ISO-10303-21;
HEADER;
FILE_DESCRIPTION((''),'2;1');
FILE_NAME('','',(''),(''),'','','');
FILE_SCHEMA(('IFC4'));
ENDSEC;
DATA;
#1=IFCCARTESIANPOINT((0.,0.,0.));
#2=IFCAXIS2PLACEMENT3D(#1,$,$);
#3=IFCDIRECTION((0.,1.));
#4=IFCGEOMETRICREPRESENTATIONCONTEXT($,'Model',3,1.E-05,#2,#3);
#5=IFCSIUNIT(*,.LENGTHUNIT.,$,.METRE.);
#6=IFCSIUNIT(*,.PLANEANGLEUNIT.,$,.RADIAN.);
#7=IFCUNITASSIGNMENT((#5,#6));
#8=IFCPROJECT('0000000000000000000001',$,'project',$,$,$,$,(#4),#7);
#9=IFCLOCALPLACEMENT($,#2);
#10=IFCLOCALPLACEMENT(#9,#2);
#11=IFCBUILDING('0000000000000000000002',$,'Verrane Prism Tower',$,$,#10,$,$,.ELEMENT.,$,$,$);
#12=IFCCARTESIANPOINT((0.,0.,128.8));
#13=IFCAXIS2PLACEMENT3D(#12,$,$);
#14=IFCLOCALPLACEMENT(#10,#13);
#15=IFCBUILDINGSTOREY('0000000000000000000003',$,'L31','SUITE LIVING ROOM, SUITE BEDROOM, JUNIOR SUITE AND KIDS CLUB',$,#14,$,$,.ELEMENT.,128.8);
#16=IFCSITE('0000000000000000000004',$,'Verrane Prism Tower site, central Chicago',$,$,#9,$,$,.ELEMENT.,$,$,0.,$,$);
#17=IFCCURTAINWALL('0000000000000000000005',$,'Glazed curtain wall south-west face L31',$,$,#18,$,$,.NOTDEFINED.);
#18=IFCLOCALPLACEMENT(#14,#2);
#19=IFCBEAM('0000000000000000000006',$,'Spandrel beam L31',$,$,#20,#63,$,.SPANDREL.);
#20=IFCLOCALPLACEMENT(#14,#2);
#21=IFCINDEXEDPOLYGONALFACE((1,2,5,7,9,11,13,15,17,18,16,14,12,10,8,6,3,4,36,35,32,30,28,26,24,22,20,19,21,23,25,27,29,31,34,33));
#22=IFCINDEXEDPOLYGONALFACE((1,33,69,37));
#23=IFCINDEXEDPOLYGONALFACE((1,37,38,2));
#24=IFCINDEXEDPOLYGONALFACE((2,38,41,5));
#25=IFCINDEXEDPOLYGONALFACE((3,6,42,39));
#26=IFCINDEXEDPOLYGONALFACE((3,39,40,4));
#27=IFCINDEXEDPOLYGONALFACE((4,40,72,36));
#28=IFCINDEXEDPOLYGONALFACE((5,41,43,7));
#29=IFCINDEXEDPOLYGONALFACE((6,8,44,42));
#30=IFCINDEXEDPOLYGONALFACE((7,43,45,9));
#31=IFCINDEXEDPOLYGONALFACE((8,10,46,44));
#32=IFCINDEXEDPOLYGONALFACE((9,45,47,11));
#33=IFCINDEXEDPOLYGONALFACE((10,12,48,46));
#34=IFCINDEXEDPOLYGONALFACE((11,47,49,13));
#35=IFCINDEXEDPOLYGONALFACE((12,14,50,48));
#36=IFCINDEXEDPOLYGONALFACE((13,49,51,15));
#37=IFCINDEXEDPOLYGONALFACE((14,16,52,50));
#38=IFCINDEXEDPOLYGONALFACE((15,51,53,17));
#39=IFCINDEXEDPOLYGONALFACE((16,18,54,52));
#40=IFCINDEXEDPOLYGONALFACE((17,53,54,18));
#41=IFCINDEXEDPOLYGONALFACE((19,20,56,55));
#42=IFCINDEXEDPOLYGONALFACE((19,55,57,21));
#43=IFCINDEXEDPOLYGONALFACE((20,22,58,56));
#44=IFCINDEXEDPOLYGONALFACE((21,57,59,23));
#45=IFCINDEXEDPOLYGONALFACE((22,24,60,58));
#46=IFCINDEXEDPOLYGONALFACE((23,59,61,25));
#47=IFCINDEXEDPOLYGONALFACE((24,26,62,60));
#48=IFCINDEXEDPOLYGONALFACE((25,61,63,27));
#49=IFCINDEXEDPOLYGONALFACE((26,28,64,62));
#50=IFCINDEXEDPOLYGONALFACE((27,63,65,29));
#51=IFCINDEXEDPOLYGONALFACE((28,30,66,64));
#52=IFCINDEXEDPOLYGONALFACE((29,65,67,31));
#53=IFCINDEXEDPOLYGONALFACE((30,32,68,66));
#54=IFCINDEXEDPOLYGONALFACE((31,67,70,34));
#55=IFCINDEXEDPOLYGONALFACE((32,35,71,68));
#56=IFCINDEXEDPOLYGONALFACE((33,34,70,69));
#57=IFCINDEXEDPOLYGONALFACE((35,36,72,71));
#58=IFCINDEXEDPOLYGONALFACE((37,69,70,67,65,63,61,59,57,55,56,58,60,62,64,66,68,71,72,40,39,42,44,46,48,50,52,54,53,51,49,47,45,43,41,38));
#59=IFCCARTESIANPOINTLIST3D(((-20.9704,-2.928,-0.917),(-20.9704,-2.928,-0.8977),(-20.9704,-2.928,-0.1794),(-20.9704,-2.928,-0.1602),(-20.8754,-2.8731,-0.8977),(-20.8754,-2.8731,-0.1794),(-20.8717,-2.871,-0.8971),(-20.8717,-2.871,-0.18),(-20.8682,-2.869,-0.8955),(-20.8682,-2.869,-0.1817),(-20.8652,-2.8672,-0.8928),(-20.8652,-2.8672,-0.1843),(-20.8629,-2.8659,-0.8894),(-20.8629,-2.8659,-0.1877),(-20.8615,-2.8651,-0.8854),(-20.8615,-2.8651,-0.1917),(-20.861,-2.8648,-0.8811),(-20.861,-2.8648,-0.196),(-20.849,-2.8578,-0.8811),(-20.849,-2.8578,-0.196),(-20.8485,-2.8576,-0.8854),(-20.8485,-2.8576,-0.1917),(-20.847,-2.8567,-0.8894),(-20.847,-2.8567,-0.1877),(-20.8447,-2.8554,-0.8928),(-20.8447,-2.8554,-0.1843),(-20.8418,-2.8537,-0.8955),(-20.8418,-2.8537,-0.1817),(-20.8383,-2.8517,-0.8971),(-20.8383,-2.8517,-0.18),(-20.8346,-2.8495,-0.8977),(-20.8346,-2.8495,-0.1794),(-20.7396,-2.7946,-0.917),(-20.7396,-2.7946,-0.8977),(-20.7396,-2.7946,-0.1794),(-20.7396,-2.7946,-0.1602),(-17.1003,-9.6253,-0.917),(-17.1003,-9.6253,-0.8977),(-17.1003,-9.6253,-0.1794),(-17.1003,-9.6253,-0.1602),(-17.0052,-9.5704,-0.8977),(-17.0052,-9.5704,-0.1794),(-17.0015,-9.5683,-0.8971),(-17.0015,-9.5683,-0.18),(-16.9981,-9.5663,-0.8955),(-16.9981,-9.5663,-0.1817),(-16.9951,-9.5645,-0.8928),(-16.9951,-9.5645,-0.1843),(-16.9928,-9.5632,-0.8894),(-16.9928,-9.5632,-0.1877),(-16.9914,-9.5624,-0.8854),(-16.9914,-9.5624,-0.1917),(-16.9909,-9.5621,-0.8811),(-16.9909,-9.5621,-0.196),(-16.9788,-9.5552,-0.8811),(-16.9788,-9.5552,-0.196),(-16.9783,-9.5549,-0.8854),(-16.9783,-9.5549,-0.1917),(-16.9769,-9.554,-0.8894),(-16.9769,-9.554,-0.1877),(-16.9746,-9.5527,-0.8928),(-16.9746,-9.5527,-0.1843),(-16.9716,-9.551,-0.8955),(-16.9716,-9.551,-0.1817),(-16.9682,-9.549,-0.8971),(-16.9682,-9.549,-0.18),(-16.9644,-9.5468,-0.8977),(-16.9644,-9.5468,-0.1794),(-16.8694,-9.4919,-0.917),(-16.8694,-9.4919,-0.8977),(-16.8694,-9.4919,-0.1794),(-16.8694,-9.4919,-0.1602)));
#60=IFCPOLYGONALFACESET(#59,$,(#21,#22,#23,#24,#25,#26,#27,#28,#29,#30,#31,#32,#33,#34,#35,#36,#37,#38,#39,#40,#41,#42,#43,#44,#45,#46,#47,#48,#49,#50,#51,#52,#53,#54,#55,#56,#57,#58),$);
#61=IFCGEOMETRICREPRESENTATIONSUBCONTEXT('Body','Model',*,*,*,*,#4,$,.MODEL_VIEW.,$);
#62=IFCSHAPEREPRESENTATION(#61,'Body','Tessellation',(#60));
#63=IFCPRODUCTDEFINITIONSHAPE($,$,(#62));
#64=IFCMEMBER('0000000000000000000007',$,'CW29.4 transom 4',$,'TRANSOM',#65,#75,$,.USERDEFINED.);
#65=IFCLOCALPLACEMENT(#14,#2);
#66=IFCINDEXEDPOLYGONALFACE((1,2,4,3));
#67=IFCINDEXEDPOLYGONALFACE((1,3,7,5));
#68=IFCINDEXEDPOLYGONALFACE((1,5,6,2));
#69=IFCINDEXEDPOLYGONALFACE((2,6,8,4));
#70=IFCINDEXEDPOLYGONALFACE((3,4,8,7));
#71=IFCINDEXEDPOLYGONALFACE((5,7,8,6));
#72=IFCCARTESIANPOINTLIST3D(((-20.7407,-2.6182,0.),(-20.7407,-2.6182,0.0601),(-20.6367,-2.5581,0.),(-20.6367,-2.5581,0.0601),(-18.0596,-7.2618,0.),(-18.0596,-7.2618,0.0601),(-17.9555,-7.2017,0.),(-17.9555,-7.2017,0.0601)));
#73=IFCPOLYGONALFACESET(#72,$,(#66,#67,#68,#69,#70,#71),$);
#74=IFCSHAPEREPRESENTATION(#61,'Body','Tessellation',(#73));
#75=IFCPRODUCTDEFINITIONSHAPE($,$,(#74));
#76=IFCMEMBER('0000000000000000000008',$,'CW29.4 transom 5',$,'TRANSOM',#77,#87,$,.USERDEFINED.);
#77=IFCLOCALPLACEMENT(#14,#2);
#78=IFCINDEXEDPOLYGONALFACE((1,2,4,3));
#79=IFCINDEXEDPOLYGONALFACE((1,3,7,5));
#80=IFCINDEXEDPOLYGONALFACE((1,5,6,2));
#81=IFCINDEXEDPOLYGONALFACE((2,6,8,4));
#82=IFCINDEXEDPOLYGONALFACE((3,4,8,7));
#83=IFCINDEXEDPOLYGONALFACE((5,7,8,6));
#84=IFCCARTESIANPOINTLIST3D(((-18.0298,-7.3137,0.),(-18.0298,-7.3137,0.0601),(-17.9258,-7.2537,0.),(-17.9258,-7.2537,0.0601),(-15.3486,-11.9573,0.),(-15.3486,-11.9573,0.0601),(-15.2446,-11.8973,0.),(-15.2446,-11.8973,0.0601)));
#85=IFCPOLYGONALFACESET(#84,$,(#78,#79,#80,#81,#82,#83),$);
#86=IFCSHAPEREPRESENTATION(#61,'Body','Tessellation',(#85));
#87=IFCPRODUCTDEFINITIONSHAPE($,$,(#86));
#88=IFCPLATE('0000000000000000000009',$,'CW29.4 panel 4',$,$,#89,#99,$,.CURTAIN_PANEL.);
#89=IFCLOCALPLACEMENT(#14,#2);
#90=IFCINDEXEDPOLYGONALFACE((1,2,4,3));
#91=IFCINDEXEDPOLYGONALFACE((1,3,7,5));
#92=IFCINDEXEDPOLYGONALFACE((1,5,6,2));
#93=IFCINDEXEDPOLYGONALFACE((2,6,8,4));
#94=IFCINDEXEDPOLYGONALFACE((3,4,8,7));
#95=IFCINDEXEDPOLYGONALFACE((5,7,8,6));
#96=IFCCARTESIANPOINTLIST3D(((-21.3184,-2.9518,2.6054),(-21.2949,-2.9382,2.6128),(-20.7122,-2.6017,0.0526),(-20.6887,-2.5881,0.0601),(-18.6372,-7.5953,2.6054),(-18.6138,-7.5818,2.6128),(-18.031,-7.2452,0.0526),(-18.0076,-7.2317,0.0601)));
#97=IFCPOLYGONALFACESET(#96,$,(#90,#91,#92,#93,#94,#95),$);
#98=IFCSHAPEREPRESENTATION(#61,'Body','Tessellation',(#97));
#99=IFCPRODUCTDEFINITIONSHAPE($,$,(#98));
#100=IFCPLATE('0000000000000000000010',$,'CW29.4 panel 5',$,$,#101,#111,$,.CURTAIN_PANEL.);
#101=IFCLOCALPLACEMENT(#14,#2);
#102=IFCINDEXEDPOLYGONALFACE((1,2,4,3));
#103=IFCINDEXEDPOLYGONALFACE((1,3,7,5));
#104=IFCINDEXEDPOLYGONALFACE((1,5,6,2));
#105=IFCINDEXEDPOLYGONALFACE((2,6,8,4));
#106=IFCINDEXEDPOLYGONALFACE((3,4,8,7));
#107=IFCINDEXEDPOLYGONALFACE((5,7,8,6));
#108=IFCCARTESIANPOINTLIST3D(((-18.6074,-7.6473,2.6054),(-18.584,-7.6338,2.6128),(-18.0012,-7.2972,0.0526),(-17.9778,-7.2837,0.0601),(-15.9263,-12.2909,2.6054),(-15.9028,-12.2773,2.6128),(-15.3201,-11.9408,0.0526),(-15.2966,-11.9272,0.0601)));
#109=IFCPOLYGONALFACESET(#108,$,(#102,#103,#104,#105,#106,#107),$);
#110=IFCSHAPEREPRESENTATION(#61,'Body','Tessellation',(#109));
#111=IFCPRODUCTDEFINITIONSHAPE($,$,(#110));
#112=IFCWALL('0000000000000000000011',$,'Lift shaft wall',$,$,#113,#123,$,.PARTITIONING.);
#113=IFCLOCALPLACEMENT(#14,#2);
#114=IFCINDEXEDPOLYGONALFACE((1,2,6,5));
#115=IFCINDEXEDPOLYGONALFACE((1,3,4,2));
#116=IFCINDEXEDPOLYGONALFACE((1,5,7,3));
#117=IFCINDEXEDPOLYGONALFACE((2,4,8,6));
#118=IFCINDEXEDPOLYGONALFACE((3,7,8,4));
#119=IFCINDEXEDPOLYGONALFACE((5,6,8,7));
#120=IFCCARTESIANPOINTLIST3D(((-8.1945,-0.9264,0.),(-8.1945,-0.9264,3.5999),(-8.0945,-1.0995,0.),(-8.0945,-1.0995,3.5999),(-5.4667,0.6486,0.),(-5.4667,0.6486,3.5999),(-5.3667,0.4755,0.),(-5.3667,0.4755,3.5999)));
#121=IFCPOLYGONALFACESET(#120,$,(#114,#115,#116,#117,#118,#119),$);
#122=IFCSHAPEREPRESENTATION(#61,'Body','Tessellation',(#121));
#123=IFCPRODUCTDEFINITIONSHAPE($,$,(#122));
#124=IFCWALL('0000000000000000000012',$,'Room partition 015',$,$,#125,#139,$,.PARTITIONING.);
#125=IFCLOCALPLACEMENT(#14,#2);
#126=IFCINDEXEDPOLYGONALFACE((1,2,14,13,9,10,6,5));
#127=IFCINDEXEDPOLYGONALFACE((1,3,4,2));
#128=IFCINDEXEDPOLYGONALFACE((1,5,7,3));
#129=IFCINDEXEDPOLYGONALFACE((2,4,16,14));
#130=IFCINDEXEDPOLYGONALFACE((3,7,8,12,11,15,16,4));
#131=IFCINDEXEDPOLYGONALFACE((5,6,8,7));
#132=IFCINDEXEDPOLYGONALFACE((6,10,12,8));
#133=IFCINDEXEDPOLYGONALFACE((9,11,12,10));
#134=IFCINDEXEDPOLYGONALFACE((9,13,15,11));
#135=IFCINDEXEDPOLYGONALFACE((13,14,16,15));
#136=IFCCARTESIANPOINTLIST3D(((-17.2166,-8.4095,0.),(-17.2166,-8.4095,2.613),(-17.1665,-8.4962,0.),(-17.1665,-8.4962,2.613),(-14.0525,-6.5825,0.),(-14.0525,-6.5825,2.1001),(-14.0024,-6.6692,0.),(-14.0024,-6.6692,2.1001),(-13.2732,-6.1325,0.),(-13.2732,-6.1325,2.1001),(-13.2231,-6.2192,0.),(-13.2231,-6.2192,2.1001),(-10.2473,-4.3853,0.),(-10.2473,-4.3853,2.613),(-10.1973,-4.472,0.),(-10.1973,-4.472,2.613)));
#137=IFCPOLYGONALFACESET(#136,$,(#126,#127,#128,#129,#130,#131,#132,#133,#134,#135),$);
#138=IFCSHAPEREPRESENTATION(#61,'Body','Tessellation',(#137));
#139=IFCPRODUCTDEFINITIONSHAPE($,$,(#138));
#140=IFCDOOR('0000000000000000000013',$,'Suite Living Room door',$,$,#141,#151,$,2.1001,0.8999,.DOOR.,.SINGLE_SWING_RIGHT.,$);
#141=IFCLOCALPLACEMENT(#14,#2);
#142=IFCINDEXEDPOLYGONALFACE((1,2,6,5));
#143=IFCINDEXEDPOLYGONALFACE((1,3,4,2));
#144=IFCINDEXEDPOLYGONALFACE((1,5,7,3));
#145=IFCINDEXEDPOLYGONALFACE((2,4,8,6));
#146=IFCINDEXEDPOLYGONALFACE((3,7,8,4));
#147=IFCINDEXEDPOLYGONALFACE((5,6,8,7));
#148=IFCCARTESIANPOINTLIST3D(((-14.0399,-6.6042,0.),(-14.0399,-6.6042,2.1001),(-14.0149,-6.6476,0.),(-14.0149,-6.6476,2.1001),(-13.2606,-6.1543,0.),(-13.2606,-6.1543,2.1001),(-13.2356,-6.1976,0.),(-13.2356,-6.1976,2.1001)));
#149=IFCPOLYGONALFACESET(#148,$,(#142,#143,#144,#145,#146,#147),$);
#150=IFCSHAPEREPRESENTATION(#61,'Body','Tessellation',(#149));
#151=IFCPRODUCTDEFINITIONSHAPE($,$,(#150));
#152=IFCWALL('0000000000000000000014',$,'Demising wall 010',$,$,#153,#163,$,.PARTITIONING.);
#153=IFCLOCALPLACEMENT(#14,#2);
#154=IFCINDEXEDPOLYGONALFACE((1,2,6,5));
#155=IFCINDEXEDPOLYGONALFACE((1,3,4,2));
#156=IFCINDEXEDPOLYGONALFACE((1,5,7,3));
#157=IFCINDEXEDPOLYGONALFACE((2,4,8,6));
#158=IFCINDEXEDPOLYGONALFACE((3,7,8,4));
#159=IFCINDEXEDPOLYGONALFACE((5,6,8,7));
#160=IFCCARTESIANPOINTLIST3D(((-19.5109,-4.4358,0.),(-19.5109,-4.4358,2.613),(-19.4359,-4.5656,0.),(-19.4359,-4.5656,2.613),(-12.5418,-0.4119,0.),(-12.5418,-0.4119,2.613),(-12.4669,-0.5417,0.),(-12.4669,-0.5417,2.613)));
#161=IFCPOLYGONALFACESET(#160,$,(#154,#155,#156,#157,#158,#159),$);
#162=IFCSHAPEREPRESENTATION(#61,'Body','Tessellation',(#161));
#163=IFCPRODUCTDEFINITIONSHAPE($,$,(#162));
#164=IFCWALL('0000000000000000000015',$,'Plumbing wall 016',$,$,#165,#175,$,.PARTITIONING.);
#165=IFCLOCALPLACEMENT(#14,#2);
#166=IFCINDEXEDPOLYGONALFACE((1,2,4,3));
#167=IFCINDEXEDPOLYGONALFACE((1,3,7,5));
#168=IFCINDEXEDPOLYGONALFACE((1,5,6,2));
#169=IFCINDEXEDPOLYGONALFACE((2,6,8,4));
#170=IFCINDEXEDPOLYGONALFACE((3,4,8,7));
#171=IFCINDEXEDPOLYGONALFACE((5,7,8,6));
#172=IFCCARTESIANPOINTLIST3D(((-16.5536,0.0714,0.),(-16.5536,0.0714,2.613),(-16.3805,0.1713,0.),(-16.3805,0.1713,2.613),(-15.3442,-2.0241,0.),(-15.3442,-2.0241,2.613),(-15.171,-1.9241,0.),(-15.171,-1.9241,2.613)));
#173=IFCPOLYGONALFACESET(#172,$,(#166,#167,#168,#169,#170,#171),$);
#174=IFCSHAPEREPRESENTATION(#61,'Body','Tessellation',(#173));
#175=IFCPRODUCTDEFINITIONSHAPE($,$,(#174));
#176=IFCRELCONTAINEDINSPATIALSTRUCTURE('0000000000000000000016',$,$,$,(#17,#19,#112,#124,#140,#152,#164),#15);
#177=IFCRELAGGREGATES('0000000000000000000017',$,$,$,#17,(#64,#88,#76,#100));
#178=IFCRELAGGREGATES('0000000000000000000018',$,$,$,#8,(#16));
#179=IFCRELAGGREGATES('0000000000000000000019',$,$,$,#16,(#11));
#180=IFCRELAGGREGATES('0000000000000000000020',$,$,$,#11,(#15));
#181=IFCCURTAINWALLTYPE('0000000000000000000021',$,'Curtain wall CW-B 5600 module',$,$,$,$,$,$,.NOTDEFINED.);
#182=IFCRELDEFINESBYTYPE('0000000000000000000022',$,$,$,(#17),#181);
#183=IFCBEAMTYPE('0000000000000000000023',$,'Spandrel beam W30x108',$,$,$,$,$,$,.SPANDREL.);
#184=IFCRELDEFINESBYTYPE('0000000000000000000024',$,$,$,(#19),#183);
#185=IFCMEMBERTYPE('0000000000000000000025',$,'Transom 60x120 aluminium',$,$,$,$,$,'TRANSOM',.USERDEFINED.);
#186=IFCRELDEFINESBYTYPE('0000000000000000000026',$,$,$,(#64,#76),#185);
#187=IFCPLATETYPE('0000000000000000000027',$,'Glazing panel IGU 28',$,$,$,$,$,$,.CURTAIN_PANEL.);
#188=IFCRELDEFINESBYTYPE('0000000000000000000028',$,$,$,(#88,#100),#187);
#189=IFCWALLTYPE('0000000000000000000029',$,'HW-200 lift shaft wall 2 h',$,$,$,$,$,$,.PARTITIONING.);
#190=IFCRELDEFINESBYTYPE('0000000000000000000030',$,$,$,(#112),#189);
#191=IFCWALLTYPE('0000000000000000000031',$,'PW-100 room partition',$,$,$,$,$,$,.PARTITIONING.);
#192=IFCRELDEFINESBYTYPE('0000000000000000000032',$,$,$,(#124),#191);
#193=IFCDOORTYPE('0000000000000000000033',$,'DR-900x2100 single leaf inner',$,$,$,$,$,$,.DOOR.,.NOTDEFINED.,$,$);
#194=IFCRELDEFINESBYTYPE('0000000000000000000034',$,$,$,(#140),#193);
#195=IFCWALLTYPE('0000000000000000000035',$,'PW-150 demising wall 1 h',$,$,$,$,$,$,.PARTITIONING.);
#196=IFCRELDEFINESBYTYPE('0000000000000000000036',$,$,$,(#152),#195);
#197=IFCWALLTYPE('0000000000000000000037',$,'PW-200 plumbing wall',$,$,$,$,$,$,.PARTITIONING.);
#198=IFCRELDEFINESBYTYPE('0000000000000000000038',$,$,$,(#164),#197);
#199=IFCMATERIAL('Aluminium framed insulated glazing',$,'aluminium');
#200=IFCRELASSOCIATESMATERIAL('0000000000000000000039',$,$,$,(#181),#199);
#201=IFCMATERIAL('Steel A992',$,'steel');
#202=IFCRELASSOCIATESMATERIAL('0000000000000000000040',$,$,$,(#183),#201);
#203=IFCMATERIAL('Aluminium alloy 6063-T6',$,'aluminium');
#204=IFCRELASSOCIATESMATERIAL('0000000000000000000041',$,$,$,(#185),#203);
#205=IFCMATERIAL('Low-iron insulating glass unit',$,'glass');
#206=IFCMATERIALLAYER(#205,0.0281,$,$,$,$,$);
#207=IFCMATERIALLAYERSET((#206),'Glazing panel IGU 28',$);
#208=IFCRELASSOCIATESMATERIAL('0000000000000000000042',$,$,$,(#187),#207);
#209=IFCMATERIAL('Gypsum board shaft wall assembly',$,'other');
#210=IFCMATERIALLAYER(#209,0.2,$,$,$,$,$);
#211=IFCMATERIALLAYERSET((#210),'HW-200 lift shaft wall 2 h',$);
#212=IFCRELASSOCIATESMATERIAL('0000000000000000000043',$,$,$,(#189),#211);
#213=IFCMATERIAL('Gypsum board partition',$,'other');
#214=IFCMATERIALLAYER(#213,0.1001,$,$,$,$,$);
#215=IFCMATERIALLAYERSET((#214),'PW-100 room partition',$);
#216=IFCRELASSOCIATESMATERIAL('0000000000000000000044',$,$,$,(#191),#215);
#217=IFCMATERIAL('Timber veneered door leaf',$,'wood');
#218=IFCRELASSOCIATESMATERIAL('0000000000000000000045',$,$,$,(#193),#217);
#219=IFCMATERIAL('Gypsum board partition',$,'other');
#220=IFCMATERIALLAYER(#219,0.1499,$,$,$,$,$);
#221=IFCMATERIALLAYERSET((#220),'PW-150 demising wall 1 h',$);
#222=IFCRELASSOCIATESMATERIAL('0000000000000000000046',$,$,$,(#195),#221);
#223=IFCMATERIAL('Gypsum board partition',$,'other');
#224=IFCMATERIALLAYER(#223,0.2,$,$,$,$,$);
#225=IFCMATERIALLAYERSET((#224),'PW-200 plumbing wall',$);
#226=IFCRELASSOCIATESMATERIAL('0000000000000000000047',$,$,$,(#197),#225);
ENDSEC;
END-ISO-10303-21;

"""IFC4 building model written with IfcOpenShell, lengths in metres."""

from ifc_helpers import new_model, si_unit, direction, frame, frame_2d, origin, origin_2d, place, context, subcontext, project, spatial, polyline, rectangle, i_section, outline, extrude, material, layer, layer_set, material_profile, profile_set, type_object, element, fill, aggregate, save


model = new_model("IFC4")

# Units and contexts
model_context = context("Model", 3, precision=1e-05, world=origin(), true_north=direction((0.0, 1.0)))
body_context = subcontext(model_context, "Body", "Model", "MODEL_VIEW")
ifc_project = project(units=[si_unit("LENGTHUNIT", "METRE"), si_unit("PLANEANGLEUNIT", "RADIAN")], contexts=[model_context])

# Site, building, storey
site_placement = place(None, origin())
site = spatial("IfcSite", under=ifc_project, at=site_placement, Name="Verrane Prism Tower site, central Chicago", CompositionType="ELEMENT", RefElevation=0.0)
building_placement = place(site_placement, origin())
building = spatial("IfcBuilding", under=site, at=building_placement, Name="Verrane Prism Tower", CompositionType="ELEMENT")
storey_placement = place(building_placement, frame((0.0, 0.0, 128.8)))
storey = spatial("IfcBuildingStorey", under=building, at=storey_placement, Name="L31", Description="SUITE LIVING ROOM, SUITE BEDROOM, JUNIOR SUITE AND KIDS CLUB", CompositionType="ELEMENT", Elevation=128.8)

# Curtain wall
ifc_material_1 = material(Name="Aluminium framed insulated glazing", Category="aluminium")
curtain_wall_type = type_object("IfcCurtainWallType", Name="Curtain wall CW-B 5600 module", PredefinedType="NOTDEFINED", material=ifc_material_1)
curtain_wall_placement = place(storey_placement, origin())
curtain_wall = element("IfcCurtainWall", 1, at=curtain_wall_placement, inside=storey, type_object=curtain_wall_type, Name="Glazed curtain wall south-west face L31", PredefinedType="NOTDEFINED")

# Beam
ifc_material_2 = material(Name="Steel A992", Category="steel")
ifc_material_profile_1 = material_profile(ifc_material_2, i_section(OverallWidth=0.2666, OverallDepth=0.7568, WebThickness=0.0139, FlangeThickness=0.0193, FilletRadius=0.0166, at=origin_2d()), Name="W30x108")
ifc_profile_set_1 = profile_set([ifc_material_profile_1], Name="Steel A992")
beam_type_1 = type_object("IfcBeamType", Name="Spandrel beam W30x108", PredefinedType="SPANDREL", material=ifc_profile_set_1)
beam_1_placement = place(storey_placement, frame((-20.855, -2.8613, -0.5386), z_axis=(0.500334, -0.865832, 0.0), x_axis=(0.865832, 0.500334, 0.0)))
element("IfcBeam", 2, at=beam_1_placement, inside=storey, type_object=beam_type_1, Name="Spandrel beam L31", PredefinedType="SPANDREL", context=body_context, shape_type="SweptSolid", body=[
    extrude(i_section(OverallWidth=0.2666, OverallDepth=0.7568, WebThickness=0.0139, FlangeThickness=0.0193, FilletRadius=0.0166, at=origin_2d()), origin(), (0.0, 0.0, 1.0), 7.7351),
])

# Members
ifc_material_3 = material(Name="Aluminium alloy 6063-T6", Category="aluminium")
ifc_material_profile_2 = material_profile(ifc_material_3, rectangle(XDim=0.1201, YDim=0.0601, at=origin_2d()), Name="Transom 60x120 aluminium")
ifc_profile_set_2 = profile_set([ifc_material_profile_2], Name="Aluminium alloy 6063-T6")
member_type_1 = type_object("IfcMemberType", Name="Transom 60x120 aluminium", ElementType="TRANSOM", PredefinedType="USERDEFINED", material=ifc_profile_set_2)
member_1_placement = place(storey_placement, frame((-20.6887, -2.5881, 0.03), z_axis=(0.500027, -0.86601, 0.0), x_axis=(0.86601, 0.500027, 0.0)))
member_1 = element("IfcMember", 3, at=member_1_placement, type_object=member_type_1, Name="CW29.4 transom 4", ObjectType="TRANSOM", PredefinedType="USERDEFINED", context=body_context, shape_type="SweptSolid", body=[
    extrude(rectangle(XDim=0.1201, YDim=0.0601, at=origin_2d()), origin(), (0.0, 0.0, 1.0), 5.3621),
])
member_2_placement = place(storey_placement, frame((-17.9778, -7.2837, 0.03), z_axis=(0.500027, -0.86601, 0.0), x_axis=(0.86601, 0.500027, 0.0)))
member_2 = element("IfcMember", 4, at=member_2_placement, type_object=member_type_1, Name="CW29.4 transom 5", ObjectType="TRANSOM", PredefinedType="USERDEFINED", context=body_context, shape_type="SweptSolid", body=[
    extrude(rectangle(XDim=0.1201, YDim=0.0601, at=origin_2d()), origin(), (0.0, 0.0, 1.0), 5.3621),
])

# Plates
ifc_material_4 = material(Name="Low-iron insulating glass unit", Category="glass")
ifc_layer_1 = layer(ifc_material_4, 0.0281)
ifc_layer_set_1 = layer_set([ifc_layer_1], Name="Glazing panel IGU 28")
plate_type = type_object("IfcPlateType", Name="Glazing panel IGU 28", PredefinedType="CURTAIN_PANEL", material=ifc_layer_set_1)
plate_1_placement = place(storey_placement, frame((-20.6887, -2.5881, 0.0601), z_axis=(0.835176, 0.482224, 0.264465), x_axis=(0.500027, -0.86601, 0.0)))
plate_1 = element("IfcPlate", 5, at=plate_1_placement, type_object=plate_type, Name="CW29.4 panel 4", PredefinedType="CURTAIN_PANEL", context=body_context, shape_type="SweptSolid", body=[
    extrude(outline(polyline([(0.0, 0.0), (5.362, 0.0), (5.3621, -2.647), (0.0001, -2.647), (0.0, 0.0)])), origin(), (0.0, 0.0, -1.0), 0.0281),
])
plate_2_placement = place(storey_placement, frame((-17.9778, -7.2837, 0.0601), z_axis=(0.835176, 0.482224, 0.264465), x_axis=(0.500027, -0.86601, 0.0)))
plate_2 = element("IfcPlate", 6, at=plate_2_placement, type_object=plate_type, Name="CW29.4 panel 5", PredefinedType="CURTAIN_PANEL", context=body_context, shape_type="SweptSolid", body=[
    extrude(outline(polyline([(0.0, 0.0), (5.362, 0.0), (5.3621, -2.647), (0.0001, -2.647), (0.0, 0.0)])), origin(), (0.0, 0.0, -1.0), 0.0281),
])
aggregate(curtain_wall, [member_1, plate_1, member_2, plate_2])

# Wall
ifc_material_5 = material(Name="Gypsum board shaft wall assembly", Category="other")
ifc_layer_2 = layer(ifc_material_5, 0.2)
ifc_layer_set_2 = layer_set([ifc_layer_2], Name="HW-200 lift shaft wall 2 h")
wall_type_1 = type_object("IfcWallType", Name="HW-200 lift shaft wall 2 h", PredefinedType="PARTITIONING", material=ifc_layer_set_2)
wall_1_placement = place(storey_placement, frame((-8.1445, -1.0129, 0.0), z_axis=(0.0, 0.0, 1.0), x_axis=(0.866016, 0.500015, 0.0)))
element("IfcWall", 7, at=wall_1_placement, inside=storey, type_object=wall_type_1, Name="Lift shaft wall", PredefinedType="PARTITIONING", context=body_context, shape_type="SweptSolid", body=[
    extrude(rectangle(XDim=3.1499, YDim=0.2, at=frame_2d((1.575, 0.0))), origin(), (0.0, 0.0, 1.0), 3.5999),
])

# Wall, opening, door
ifc_material_6 = material(Name="Gypsum board partition", Category="other")
ifc_layer_3 = layer(ifc_material_6, 0.1001)
ifc_layer_set_3 = layer_set([ifc_layer_3], Name="PW-100 room partition")
wall_type_2 = type_object("IfcWallType", Name="PW-100 room partition", PredefinedType="PARTITIONING", material=ifc_layer_set_3)
wall_2_placement = place(storey_placement, frame((-17.1917, -8.4529, 0.0), z_axis=(0.0, 0.0, 1.0), x_axis=(0.866, 0.500045, 0.0)))
wall_2 = element("IfcWall", 8, at=wall_2_placement, inside=storey, type_object=wall_type_2, Name="Room partition 015", PredefinedType="PARTITIONING", context=body_context, shape_type="SweptSolid", body=[
    extrude(rectangle(XDim=8.0476, YDim=0.1001, at=frame_2d((4.0239, 0.0))), origin(), (0.0, 0.0, 1.0), 2.613),
])
opening_1_placement = place(wall_2_placement, frame((3.6538, 0.0, 0.0)))
opening_1 = element("IfcOpeningElement", 9, at=opening_1_placement, cuts=wall_2, PredefinedType="OPENING", context=body_context, shape_type="SweptSolid", body=[
    extrude(rectangle(XDim=0.8999, YDim=2.1001, at=frame_2d((0.45, 1.05))), frame((0.0, 0.0601, 0.0), z_axis=(0.0, -1.0, 0.0), x_axis=(1.0, 0.0, 0.0)), (0.0, 0.0, 1.0), 0.1201),
])
ifc_material_7 = material(Name="Timber veneered door leaf", Category="wood")
door_type_1 = type_object("IfcDoorType", Name="DR-900x2100 single leaf inner", OperationType="NOTDEFINED", PredefinedType="DOOR", material=ifc_material_7)
door_1_placement = place(opening_1_placement, origin())
door_1 = element("IfcDoor", 10, at=door_1_placement, inside=storey, type_object=door_type_1, Name="Suite Living Room door", OperationType="SINGLE_SWING_RIGHT", OverallHeight=2.1001, OverallWidth=0.8999, PredefinedType="DOOR", context=body_context, shape_type="SweptSolid", body=[
    extrude(rectangle(XDim=0.8999, YDim=2.1001, at=frame_2d((0.45, 1.05))), frame((0.0, 0.0249, 0.0), z_axis=(0.0, -1.0, 0.0), x_axis=(1.0, 0.0, 0.0)), (0.0, 0.0, 1.0), 0.05),
])
fill(opening_1, door_1)

# Walls
ifc_material_8 = material(Name="Gypsum board partition", Category="other")
ifc_layer_4 = layer(ifc_material_8, 0.1499)
ifc_layer_set_4 = layer_set([ifc_layer_4], Name="PW-150 demising wall 1 h")
wall_type_3 = type_object("IfcWallType", Name="PW-150 demising wall 1 h", PredefinedType="PARTITIONING", material=ifc_layer_set_4)
wall_3_placement = place(storey_placement, frame((-19.4734, -4.5007, 0.0), z_axis=(0.0, 0.0, 1.0), x_axis=(0.866005, 0.500035, 0.0)))
element("IfcWall", 11, at=wall_3_placement, inside=storey, type_object=wall_type_3, Name="Demising wall 010", PredefinedType="PARTITIONING", context=body_context, shape_type="SweptSolid", body=[
    extrude(rectangle(XDim=8.0474, YDim=0.1499, at=frame_2d((4.0237, 0.0))), origin(), (0.0, 0.0, 1.0), 2.613),
])
ifc_material_9 = material(Name="Gypsum board partition", Category="other")
ifc_layer_5 = layer(ifc_material_9, 0.2)
ifc_layer_set_5 = layer_set([ifc_layer_5], Name="PW-200 plumbing wall")
wall_type_4 = type_object("IfcWallType", Name="PW-200 plumbing wall", PredefinedType="PARTITIONING", material=ifc_layer_set_5)
wall_4_placement = place(storey_placement, frame((-16.467, 0.1213, 0.0), z_axis=(0.0, 0.0, 1.0), x_axis=(0.499894, -0.866086, 0.0)))
element("IfcWall", 12, at=wall_4_placement, inside=storey, type_object=wall_type_4, Name="Plumbing wall 016", PredefinedType="PARTITIONING", context=body_context, shape_type="SweptSolid", body=[
    extrude(rectangle(XDim=2.4194, YDim=0.2, at=frame_2d((1.2097, 0.0))), origin(), (0.0, 0.0, 1.0), 2.613),
])

save(model, "model.ifc")
